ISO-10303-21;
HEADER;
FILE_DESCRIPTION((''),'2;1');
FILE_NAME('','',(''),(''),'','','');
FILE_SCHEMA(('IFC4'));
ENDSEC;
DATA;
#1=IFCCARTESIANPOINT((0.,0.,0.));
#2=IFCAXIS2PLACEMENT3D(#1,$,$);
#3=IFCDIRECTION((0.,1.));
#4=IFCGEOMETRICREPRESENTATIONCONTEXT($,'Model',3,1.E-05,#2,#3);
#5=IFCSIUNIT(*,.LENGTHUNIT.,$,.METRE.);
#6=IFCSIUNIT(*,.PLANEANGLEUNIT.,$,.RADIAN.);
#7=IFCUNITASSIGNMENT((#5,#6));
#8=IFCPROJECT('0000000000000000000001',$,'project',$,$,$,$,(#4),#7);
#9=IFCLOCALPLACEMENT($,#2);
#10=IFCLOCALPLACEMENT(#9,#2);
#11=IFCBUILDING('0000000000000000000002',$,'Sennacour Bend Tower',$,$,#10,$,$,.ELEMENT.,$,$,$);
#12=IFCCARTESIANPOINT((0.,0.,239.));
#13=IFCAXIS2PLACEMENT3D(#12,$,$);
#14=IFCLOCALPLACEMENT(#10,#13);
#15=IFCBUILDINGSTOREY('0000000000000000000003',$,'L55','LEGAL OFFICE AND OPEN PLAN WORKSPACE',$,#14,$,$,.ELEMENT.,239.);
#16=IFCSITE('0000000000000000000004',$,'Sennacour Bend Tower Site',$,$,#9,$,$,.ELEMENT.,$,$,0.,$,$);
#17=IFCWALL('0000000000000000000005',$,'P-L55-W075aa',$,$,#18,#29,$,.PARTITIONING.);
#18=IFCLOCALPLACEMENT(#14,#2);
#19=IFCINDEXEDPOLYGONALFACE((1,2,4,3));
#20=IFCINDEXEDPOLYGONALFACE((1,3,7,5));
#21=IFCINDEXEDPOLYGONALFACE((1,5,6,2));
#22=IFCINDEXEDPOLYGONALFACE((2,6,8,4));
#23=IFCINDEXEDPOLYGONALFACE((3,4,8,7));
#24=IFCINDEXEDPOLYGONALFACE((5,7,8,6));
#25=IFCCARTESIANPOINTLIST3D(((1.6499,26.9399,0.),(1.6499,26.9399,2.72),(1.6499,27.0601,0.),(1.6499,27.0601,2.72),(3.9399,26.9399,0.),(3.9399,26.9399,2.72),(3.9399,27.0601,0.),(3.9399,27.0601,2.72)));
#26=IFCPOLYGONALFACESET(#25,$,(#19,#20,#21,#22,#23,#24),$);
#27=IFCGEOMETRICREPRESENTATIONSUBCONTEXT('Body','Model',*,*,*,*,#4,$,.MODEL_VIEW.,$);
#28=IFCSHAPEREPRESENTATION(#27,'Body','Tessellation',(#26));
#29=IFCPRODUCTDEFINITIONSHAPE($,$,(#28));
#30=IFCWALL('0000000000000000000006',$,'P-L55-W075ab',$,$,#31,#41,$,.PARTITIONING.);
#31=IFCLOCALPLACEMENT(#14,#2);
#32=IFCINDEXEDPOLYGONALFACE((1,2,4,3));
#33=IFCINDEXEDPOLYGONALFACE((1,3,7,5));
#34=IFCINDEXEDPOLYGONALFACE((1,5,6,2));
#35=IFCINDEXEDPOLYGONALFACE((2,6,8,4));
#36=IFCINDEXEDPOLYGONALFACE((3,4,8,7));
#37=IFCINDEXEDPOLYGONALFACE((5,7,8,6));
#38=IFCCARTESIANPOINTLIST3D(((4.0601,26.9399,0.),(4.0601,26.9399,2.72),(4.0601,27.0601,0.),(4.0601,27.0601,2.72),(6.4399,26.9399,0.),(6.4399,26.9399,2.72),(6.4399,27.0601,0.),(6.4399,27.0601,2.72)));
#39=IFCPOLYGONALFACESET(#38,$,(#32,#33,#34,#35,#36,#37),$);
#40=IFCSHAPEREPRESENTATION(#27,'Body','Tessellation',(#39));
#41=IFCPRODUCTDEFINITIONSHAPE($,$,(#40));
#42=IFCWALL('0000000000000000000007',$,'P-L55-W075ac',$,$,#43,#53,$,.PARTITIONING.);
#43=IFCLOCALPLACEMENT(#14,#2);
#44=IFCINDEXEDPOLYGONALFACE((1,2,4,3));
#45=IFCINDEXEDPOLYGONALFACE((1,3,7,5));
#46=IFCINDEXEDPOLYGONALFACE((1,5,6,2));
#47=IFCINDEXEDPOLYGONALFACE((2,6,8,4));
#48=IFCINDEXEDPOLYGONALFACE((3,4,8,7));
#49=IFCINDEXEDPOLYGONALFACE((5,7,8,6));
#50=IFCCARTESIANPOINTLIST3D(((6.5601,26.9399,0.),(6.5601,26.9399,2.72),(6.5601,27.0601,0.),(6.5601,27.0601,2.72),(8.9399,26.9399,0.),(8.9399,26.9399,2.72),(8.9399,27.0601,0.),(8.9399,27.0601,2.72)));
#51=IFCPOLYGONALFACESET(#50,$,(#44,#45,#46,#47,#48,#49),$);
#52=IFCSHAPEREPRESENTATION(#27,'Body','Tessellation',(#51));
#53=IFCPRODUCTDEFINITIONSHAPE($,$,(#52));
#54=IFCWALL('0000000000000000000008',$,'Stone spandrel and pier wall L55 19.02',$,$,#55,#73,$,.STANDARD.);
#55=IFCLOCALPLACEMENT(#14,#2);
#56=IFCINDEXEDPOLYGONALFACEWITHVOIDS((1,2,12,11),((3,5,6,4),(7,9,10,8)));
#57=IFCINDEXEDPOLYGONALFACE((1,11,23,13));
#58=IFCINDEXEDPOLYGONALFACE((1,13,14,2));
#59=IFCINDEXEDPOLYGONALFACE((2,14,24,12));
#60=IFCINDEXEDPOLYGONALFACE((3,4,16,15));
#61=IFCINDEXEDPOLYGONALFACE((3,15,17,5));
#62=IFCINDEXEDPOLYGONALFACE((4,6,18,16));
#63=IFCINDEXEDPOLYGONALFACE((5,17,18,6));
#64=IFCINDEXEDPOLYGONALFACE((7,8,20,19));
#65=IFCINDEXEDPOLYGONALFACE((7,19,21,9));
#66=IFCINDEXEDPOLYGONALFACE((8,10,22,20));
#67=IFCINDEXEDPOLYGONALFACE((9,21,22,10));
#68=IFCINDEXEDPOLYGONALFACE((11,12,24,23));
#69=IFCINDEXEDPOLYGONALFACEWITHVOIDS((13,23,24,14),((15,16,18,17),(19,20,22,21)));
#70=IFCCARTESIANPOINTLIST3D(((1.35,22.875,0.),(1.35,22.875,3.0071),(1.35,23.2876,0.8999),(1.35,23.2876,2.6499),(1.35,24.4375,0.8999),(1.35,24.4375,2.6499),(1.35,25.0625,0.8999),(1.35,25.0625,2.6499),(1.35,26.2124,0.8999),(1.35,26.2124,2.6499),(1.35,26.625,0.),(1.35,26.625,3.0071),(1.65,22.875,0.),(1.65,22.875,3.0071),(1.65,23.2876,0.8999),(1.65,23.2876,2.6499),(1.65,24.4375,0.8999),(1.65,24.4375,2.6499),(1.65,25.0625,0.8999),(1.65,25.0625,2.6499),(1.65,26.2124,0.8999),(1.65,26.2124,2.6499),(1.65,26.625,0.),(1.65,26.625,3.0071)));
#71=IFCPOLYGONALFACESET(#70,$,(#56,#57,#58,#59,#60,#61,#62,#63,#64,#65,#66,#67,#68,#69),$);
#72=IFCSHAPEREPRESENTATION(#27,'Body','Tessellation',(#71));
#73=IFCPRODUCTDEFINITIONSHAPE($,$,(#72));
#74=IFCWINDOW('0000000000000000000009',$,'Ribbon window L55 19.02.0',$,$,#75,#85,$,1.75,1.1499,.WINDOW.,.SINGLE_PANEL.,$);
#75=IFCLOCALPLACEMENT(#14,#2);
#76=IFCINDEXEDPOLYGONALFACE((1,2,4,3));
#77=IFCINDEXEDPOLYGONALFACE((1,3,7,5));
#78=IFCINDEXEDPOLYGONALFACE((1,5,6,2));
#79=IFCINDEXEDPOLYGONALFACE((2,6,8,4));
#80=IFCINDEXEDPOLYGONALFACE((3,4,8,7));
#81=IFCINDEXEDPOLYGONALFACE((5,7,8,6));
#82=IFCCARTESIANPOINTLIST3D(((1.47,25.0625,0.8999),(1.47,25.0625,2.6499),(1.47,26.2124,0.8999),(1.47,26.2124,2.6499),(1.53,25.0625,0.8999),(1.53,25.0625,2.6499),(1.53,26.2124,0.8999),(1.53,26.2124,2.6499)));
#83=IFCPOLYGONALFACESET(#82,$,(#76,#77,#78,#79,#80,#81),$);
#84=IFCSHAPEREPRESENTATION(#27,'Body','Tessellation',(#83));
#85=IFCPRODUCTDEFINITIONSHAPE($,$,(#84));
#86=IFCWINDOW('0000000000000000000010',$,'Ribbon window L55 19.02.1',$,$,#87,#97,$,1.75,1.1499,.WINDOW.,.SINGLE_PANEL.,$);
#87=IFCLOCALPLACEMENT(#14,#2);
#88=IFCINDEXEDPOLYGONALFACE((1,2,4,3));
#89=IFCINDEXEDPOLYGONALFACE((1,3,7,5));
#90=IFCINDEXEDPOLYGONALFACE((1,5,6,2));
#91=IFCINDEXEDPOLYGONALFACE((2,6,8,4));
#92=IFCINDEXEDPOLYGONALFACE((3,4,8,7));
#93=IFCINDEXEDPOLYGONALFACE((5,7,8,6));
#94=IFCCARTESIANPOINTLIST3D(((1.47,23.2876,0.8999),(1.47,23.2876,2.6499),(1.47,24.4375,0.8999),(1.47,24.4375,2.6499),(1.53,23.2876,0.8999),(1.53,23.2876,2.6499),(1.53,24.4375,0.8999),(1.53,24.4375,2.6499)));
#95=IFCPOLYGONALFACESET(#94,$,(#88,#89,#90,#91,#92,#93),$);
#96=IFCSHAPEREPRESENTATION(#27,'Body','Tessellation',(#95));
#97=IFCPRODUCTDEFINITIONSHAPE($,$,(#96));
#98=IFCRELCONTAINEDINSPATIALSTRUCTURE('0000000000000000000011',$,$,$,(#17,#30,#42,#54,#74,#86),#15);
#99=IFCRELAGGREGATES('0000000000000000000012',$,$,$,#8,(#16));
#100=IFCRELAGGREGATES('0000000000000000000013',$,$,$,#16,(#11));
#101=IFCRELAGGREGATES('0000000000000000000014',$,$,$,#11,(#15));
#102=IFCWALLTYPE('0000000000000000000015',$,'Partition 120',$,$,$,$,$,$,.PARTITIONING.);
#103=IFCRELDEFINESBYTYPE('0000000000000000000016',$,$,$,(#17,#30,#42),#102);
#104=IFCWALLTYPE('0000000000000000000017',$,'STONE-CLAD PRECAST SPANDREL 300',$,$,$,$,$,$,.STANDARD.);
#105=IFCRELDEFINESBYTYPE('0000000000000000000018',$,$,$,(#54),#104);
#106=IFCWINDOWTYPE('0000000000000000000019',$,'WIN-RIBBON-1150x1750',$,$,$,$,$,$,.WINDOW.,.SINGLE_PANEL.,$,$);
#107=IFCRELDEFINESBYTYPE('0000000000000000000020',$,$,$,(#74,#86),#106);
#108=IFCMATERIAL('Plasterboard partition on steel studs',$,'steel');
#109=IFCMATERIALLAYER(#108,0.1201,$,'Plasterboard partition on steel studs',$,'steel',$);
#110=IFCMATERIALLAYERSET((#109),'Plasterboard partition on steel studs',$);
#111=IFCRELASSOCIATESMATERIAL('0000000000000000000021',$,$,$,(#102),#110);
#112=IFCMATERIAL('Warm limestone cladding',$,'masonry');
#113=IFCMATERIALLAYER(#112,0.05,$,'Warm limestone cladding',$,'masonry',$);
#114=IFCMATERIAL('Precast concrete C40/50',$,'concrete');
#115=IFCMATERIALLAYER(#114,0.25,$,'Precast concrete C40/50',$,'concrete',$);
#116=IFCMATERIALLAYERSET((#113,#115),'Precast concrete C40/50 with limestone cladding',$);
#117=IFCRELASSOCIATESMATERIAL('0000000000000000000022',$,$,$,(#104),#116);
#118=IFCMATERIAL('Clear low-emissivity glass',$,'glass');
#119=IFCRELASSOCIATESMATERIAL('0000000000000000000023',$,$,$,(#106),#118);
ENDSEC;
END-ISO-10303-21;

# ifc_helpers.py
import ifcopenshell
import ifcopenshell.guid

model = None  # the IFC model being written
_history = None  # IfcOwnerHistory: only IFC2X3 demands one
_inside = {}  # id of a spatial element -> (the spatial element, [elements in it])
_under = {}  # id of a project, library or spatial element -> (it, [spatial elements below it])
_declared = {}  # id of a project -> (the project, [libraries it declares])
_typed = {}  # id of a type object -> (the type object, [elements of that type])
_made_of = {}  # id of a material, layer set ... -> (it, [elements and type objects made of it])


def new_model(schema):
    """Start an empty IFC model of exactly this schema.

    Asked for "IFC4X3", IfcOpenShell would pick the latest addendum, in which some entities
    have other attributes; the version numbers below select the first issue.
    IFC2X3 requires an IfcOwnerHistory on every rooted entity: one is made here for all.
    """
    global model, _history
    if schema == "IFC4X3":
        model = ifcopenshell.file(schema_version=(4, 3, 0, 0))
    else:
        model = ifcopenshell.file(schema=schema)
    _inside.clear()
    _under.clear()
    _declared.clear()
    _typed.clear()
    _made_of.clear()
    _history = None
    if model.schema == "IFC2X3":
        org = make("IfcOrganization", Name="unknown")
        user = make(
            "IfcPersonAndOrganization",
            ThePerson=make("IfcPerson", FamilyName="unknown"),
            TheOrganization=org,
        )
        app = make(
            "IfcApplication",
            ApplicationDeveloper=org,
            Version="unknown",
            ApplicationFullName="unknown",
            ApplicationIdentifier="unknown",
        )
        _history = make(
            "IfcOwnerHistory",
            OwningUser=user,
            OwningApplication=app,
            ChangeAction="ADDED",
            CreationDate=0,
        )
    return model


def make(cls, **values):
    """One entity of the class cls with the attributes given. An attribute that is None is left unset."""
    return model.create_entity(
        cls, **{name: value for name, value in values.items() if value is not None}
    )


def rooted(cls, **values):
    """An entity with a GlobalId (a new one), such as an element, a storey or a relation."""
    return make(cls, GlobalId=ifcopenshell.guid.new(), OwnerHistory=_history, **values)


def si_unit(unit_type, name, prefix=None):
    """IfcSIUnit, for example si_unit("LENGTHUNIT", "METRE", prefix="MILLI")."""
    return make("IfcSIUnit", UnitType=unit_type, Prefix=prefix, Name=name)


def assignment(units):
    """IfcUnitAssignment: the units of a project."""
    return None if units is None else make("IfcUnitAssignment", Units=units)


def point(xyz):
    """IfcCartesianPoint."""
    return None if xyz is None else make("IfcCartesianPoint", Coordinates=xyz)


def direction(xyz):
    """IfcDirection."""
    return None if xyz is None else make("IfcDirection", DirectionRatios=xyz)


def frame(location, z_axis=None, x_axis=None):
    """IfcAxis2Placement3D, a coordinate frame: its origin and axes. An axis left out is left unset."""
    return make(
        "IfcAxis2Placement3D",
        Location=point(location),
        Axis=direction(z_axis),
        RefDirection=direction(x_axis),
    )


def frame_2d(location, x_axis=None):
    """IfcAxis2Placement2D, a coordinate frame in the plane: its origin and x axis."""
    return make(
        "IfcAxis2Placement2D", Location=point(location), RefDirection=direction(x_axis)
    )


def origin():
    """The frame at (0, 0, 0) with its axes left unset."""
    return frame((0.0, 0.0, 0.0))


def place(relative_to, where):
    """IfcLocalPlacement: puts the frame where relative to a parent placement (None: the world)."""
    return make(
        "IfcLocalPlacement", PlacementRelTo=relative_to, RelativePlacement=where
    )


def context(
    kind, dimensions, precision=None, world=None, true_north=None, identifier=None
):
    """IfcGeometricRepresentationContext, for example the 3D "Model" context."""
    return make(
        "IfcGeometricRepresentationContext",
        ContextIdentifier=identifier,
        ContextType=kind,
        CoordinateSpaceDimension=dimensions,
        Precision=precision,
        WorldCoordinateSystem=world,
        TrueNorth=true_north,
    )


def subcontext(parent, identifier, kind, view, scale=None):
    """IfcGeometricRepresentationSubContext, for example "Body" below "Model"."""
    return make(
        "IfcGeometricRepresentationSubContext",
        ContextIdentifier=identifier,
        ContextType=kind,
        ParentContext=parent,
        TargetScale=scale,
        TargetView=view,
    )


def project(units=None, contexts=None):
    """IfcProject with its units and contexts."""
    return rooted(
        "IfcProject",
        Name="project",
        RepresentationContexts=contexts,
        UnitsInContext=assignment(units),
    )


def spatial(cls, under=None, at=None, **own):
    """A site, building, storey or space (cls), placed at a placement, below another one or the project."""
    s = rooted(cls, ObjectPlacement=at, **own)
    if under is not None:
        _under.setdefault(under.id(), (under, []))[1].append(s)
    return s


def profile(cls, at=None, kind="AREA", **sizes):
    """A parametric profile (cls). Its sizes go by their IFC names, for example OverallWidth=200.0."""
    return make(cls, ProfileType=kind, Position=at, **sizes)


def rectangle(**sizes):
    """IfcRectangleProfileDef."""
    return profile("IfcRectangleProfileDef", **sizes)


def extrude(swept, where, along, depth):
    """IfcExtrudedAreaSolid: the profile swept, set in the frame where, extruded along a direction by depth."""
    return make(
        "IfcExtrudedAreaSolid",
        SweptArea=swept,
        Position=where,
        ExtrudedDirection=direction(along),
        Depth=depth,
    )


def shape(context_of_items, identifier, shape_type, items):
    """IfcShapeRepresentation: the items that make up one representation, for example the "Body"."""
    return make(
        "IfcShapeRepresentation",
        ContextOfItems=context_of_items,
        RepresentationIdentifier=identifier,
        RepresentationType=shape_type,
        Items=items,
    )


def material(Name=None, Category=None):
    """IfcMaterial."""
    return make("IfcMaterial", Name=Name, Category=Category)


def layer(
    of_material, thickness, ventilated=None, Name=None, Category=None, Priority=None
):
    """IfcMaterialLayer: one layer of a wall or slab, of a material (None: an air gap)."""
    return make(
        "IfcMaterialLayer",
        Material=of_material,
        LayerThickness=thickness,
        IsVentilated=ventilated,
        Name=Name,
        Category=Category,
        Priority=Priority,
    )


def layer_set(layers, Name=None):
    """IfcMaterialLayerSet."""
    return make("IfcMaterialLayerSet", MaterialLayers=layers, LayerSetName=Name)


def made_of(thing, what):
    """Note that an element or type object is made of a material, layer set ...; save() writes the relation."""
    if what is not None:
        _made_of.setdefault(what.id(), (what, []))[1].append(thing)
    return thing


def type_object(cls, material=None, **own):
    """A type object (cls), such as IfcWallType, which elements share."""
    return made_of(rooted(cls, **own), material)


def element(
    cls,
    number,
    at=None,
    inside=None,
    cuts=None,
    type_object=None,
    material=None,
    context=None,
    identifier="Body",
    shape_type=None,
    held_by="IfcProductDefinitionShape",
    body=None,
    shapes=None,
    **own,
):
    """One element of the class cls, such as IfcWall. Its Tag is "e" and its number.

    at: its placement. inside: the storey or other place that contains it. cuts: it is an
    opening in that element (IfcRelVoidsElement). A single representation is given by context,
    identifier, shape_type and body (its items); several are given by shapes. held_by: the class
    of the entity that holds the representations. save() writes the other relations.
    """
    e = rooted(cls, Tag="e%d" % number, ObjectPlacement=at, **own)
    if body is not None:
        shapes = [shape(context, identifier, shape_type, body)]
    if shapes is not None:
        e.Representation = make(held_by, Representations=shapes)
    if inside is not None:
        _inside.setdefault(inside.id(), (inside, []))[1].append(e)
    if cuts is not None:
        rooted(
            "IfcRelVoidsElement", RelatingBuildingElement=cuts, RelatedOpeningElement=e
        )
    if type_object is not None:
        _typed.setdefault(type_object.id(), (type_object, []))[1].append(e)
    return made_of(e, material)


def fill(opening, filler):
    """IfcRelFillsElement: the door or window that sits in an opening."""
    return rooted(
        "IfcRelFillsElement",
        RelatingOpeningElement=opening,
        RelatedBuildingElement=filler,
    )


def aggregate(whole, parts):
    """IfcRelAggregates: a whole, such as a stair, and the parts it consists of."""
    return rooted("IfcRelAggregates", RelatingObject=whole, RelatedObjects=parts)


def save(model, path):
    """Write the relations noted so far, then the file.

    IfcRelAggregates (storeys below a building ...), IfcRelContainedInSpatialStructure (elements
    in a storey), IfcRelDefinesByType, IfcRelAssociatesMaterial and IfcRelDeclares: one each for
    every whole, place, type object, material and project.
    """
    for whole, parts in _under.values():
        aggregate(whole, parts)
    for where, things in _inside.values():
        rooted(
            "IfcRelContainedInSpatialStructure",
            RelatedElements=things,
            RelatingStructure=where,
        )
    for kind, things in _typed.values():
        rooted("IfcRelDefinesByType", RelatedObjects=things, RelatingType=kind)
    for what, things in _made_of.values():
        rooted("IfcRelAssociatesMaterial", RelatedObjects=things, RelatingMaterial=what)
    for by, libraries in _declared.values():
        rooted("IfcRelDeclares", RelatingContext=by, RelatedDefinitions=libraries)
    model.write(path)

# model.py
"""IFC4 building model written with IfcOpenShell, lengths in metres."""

from ifc_helpers import new_model, si_unit, direction, frame, frame_2d, origin, place, context, subcontext, project, spatial, rectangle, extrude, material, layer, layer_set, type_object, element, fill, save


model = new_model("IFC4")

# Units and contexts
model_context = context("Model", 3, precision=1e-05, world=origin(), true_north=direction((0.0, 1.0)))
body_context = subcontext(model_context, "Body", "Model", "MODEL_VIEW")
ifc_project = project(units=[si_unit("LENGTHUNIT", "METRE"), si_unit("PLANEANGLEUNIT", "RADIAN")], contexts=[model_context])

# Site, building, storey
site_placement = place(None, origin())
site = spatial("IfcSite", under=ifc_project, at=site_placement, Name="Sennacour Bend Tower Site", CompositionType="ELEMENT", RefElevation=0.0)
building_placement = place(site_placement, origin())
building = spatial("IfcBuilding", under=site, at=building_placement, Name="Sennacour Bend Tower", CompositionType="ELEMENT")
storey_placement = place(building_placement, frame((0.0, 0.0, 239.0)))
storey = spatial("IfcBuildingStorey", under=building, at=storey_placement, Name="L55", Description="LEGAL OFFICE AND OPEN PLAN WORKSPACE", CompositionType="ELEMENT", Elevation=239.0)

# Walls
ifc_material_1 = material(Name="Plasterboard partition on steel studs", Category="steel")
ifc_layer_1 = layer(ifc_material_1, 0.1201, Name="Plasterboard partition on steel studs", Category="steel")
ifc_layer_set_1 = layer_set([ifc_layer_1], Name="Plasterboard partition on steel studs")
wall_type_1 = type_object("IfcWallType", Name="Partition 120", PredefinedType="PARTITIONING", material=ifc_layer_set_1)
wall_1_placement = place(storey_placement, frame((1.6499, 27.0, 0.0), z_axis=(0.0, 0.0, 1.0), x_axis=(1.0, 0.0, 0.0)))
element("IfcWall", 1, at=wall_1_placement, inside=storey, type_object=wall_type_1, Name="P-L55-W075aa", PredefinedType="PARTITIONING", context=body_context, shape_type="SweptSolid", body=[
    extrude(rectangle(XDim=2.29, YDim=0.1201, at=frame_2d((1.145, 0.0))), origin(), (0.0, 0.0, 1.0), 2.72),
])
for number, where, z_axis, x_axis, name in (
    (2, (4.0601, 27.0, 0.0), (0.0, 0.0, 1.0), (1.0, 0.0, 0.0), "P-L55-W075ab"),
    (3, (6.5601, 27.0, 0.0), (0.0, 0.0, 1.0), (1.0, 0.0, 0.0), "P-L55-W075ac"),
):
    element("IfcWall", number, at=place(storey_placement, frame(where, z_axis=z_axis, x_axis=x_axis)), inside=storey, type_object=wall_type_1, Name=name, PredefinedType="PARTITIONING", context=body_context, shape_type="SweptSolid", body=[
        extrude(rectangle(XDim=2.3799, YDim=0.1201, at=frame_2d((1.1899, 0.0))), origin(), (0.0, 0.0, 1.0), 2.72),
    ])

# Wall, openings, windows
ifc_material_2 = material(Name="Warm limestone cladding", Category="masonry")
ifc_layer_2 = layer(ifc_material_2, 0.05, Name="Warm limestone cladding", Category="masonry")
ifc_material_3 = material(Name="Precast concrete C40/50", Category="concrete")
ifc_layer_3 = layer(ifc_material_3, 0.25, Name="Precast concrete C40/50", Category="concrete")
ifc_layer_set_2 = layer_set([ifc_layer_2, ifc_layer_3], Name="Precast concrete C40/50 with limestone cladding")
wall_type_2 = type_object("IfcWallType", Name="STONE-CLAD PRECAST SPANDREL 300", PredefinedType="STANDARD", material=ifc_layer_set_2)
wall_2_placement = place(storey_placement, frame((1.5, 26.625, 0.0), z_axis=(0.0, 0.0, 1.0), x_axis=(0.0, -1.0, 0.0)))
wall_2 = element("IfcWall", 4, at=wall_2_placement, inside=storey, type_object=wall_type_2, Name="Stone spandrel and pier wall L55 19.02", PredefinedType="STANDARD", context=body_context, shape_type="SweptSolid", body=[
    extrude(rectangle(XDim=3.75, YDim=0.3, at=frame_2d((1.875, 0.0))), origin(), (0.0, 0.0, 1.0), 3.0071),
])
opening_1_placement = place(wall_2_placement, frame((0.4126, 0.0, 0.8999)))
opening_1 = element("IfcOpeningElement", 5, at=opening_1_placement, cuts=wall_2, PredefinedType="OPENING", context=body_context, shape_type="SweptSolid", body=[
    extrude(rectangle(XDim=1.1499, YDim=1.75, at=frame_2d((0.575, 0.875))), frame((0.0, 0.1602, 0.0), z_axis=(0.0, -1.0, 0.0), x_axis=(1.0, 0.0, 0.0)), (0.0, 0.0, 1.0), 0.3201),
])
opening_2_placement = place(wall_2_placement, frame((2.1875, 0.0, 0.8999)))
opening_2 = element("IfcOpeningElement", 6, at=opening_2_placement, cuts=wall_2, PredefinedType="OPENING", context=body_context, shape_type="SweptSolid", body=[
    extrude(rectangle(XDim=1.1499, YDim=1.75, at=frame_2d((0.575, 0.875))), frame((0.0, 0.1602, 0.0), z_axis=(0.0, -1.0, 0.0), x_axis=(1.0, 0.0, 0.0)), (0.0, 0.0, 1.0), 0.3201),
])
ifc_material_4 = material(Name="Clear low-emissivity glass", Category="glass")
window_type = type_object("IfcWindowType", Name="WIN-RIBBON-1150x1750", PartitioningType="SINGLE_PANEL", PredefinedType="WINDOW", material=ifc_material_4)
window_1_placement = place(opening_1_placement, origin())
window_1 = element("IfcWindow", 7, at=window_1_placement, inside=storey, type_object=window_type, Name="Ribbon window L55 19.02.0", OverallHeight=1.75, OverallWidth=1.1499, PartitioningType="SINGLE_PANEL", PredefinedType="WINDOW", context=body_context, shape_type="SweptSolid", body=[
    extrude(rectangle(XDim=1.1499, YDim=1.75, at=frame_2d((0.575, 0.875))), frame((0.0, 0.03, 0.0), z_axis=(0.0, -1.0, 0.0), x_axis=(1.0, 0.0, 0.0)), (0.0, 0.0, 1.0), 0.0601),
])
fill(opening_1, window_1)
window_2_placement = place(opening_2_placement, origin())
window_2 = element("IfcWindow", 8, at=window_2_placement, inside=storey, type_object=window_type, Name="Ribbon window L55 19.02.1", OverallHeight=1.75, OverallWidth=1.1499, PartitioningType="SINGLE_PANEL", PredefinedType="WINDOW", context=body_context, shape_type="SweptSolid", body=[
    extrude(rectangle(XDim=1.1499, YDim=1.75, at=frame_2d((0.575, 0.875))), frame((0.0, 0.03, 0.0), z_axis=(0.0, -1.0, 0.0), x_axis=(1.0, 0.0, 0.0)), (0.0, 0.0, 1.0), 0.0601),
])
fill(opening_2, window_2)

save(model, "model.ifc")
